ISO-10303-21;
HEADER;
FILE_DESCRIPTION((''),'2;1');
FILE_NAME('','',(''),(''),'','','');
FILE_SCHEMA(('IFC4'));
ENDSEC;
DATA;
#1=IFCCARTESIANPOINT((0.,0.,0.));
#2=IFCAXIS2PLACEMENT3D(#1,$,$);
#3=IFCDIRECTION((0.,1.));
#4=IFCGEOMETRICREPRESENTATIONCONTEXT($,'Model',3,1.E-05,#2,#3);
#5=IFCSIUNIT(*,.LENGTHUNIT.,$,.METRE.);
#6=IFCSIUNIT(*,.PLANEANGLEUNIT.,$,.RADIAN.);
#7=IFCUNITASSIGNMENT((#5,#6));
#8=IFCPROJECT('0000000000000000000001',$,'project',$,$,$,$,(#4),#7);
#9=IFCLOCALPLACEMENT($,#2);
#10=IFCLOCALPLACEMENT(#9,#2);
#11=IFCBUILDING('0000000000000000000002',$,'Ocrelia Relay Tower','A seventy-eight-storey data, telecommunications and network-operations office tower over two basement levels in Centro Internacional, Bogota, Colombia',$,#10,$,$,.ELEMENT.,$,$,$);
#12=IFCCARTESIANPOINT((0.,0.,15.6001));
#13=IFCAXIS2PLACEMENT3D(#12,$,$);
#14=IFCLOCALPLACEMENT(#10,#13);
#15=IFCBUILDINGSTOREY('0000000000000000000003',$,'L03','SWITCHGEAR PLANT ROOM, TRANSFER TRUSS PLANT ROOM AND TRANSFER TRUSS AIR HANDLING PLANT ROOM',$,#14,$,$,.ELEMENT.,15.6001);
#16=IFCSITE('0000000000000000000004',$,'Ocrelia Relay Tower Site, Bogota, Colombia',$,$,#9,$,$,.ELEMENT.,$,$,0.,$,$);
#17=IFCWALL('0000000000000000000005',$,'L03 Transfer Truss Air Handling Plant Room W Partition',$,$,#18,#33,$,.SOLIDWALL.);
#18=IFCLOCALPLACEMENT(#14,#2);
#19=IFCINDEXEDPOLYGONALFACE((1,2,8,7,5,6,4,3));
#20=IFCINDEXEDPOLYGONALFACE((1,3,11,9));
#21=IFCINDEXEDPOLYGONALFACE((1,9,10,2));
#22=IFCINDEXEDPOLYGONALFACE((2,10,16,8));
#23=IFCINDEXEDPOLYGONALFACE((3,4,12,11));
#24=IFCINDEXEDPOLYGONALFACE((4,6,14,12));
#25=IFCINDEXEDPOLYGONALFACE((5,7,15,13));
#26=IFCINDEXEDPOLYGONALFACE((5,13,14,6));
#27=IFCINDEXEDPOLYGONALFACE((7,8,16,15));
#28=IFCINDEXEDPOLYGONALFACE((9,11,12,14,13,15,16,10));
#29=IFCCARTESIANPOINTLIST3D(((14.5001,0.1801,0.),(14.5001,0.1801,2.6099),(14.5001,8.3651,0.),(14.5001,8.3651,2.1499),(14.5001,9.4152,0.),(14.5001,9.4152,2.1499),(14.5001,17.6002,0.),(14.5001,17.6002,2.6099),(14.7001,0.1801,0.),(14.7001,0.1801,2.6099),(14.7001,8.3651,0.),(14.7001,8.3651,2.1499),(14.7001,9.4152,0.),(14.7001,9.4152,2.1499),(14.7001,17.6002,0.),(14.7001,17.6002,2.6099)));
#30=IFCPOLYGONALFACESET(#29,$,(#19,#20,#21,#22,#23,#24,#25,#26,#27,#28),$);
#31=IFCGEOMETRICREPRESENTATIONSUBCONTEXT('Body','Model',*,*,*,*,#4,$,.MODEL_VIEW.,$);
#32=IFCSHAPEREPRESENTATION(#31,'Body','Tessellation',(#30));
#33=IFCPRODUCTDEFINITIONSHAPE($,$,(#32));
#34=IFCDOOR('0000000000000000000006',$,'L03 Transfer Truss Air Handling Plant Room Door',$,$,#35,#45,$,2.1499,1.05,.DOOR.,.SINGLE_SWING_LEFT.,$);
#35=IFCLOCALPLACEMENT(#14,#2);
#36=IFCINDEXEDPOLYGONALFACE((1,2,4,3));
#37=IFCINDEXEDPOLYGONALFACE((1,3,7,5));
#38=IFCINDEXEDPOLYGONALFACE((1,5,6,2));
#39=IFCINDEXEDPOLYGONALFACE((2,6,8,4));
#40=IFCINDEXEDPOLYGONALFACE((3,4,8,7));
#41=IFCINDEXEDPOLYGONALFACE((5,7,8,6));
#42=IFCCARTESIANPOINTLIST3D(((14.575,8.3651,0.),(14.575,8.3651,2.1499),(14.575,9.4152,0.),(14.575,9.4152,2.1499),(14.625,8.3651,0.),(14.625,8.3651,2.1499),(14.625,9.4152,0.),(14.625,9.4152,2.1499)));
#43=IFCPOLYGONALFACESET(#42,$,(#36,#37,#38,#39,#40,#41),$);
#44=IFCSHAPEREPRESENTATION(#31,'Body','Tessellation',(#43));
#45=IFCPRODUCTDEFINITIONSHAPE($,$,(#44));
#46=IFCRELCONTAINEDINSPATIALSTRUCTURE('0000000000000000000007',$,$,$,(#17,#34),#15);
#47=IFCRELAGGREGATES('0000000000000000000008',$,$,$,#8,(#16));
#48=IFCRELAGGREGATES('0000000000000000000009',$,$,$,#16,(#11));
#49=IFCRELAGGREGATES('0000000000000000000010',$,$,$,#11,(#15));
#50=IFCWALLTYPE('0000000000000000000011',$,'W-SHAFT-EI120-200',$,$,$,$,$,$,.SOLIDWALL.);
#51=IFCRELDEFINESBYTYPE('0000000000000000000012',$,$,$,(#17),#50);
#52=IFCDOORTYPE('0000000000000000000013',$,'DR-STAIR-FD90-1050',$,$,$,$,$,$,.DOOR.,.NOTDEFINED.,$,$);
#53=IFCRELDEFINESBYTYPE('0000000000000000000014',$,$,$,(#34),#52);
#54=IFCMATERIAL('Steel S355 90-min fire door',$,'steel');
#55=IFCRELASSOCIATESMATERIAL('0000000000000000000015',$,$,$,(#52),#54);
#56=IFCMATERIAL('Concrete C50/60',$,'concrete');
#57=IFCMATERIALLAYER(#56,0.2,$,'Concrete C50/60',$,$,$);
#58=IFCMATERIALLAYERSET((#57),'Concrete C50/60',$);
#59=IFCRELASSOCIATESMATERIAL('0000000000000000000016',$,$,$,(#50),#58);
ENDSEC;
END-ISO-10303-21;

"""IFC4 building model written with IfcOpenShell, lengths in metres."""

from ifc_helpers import new_model, si_unit, direction, frame, frame_2d, origin, place, context, subcontext, project, spatial, rectangle, extrude, material, layer, layer_set, type_object, element, fill, save


model = new_model("IFC4")

# Units and contexts
model_context = context("Model", 3, precision=1e-05, world=origin(), true_north=direction((0.0, 1.0)))
body_context = subcontext(model_context, "Body", "Model", "MODEL_VIEW")
ifc_project = project(units=[si_unit("LENGTHUNIT", "METRE"), si_unit("PLANEANGLEUNIT", "RADIAN")], contexts=[model_context])

# Site, building, storey
site_placement = place(None, origin())
site = spatial("IfcSite", under=ifc_project, at=site_placement, Name="Ocrelia Relay Tower Site, Bogota, Colombia", CompositionType="ELEMENT", RefElevation=0.0)
building_placement = place(site_placement, origin())
building = spatial("IfcBuilding", under=site, at=building_placement, Name="Ocrelia Relay Tower", Description="A seventy-eight-storey data, telecommunications and network-operations office tower over two basement levels in Centro Internacional, Bogota, Colombia", CompositionType="ELEMENT")
storey_placement = place(building_placement, frame((0.0, 0.0, 15.6001)))
storey = spatial("IfcBuildingStorey", under=building, at=storey_placement, Name="L03", Description="SWITCHGEAR PLANT ROOM, TRANSFER TRUSS PLANT ROOM AND TRANSFER TRUSS AIR HANDLING PLANT ROOM", CompositionType="ELEMENT", Elevation=15.6001)

# Wall, opening, door
ifc_material_1 = material(Name="Concrete C50/60", Category="concrete")
ifc_material_2 = material(Name="Steel S355 90-min fire door", Category="steel")
door_type = type_object("IfcDoorType", Name="DR-STAIR-FD90-1050", OperationType="NOTDEFINED", PredefinedType="DOOR", material=ifc_material_2)
ifc_layer_1 = layer(ifc_material_1, 0.2, Name="Concrete C50/60")
ifc_layer_set_1 = layer_set([ifc_layer_1], Name="Concrete C50/60")
wall_type_1 = type_object("IfcWallType", Name="W-SHAFT-EI120-200", PredefinedType="SOLIDWALL", material=ifc_layer_set_1)
wall_1_placement = place(storey_placement, frame((14.6001, 17.6001, 0.0), z_axis=(0.0, 0.0, 1.0), x_axis=(0.0, -1.0, 0.0)))
wall_1 = element("IfcWall", 1, at=wall_1_placement, inside=storey, type_object=wall_type_1, Name="L03 Transfer Truss Air Handling Plant Room W Partition", PredefinedType="SOLIDWALL", context=body_context, shape_type="SweptSolid", body=[
    extrude(rectangle(XDim=17.4202, YDim=0.2, at=frame_2d((8.71, 0.0))), origin(), (0.0, 0.0, 1.0), 2.6099),
])
opening_1_placement = place(wall_1_placement, frame((8.1851, 0.0, 0.0)))
opening_1 = element("IfcOpeningElement", 2, at=opening_1_placement, cuts=wall_1, PredefinedType="OPENING", context=body_context, shape_type="SweptSolid", body=[
    extrude(rectangle(XDim=1.05, YDim=2.1499, at=frame_2d((0.5249, 1.075))), frame((0.0, 0.1099, 0.0), z_axis=(0.0, -1.0, 0.0), x_axis=(1.0, 0.0, 0.0)), (0.0, 0.0, 1.0), 0.22),
])
door_1_placement = place(opening_1_placement, origin())
door_1 = element("IfcDoor", 3, at=door_1_placement, inside=storey, type_object=door_type, Name="L03 Transfer Truss Air Handling Plant Room Door", OperationType="SINGLE_SWING_LEFT", OverallHeight=2.1499, OverallWidth=1.05, PredefinedType="DOOR", context=body_context, shape_type="SweptSolid", body=[
    extrude(rectangle(XDim=1.05, YDim=2.1499, at=frame_2d((0.5249, 1.075))), frame((0.0, 0.0249, 0.0), z_axis=(0.0, -1.0, 0.0), x_axis=(1.0, 0.0, 0.0)), (0.0, 0.0, 1.0), 0.05),
])
fill(opening_1, door_1)

save(model, "model.ifc")
